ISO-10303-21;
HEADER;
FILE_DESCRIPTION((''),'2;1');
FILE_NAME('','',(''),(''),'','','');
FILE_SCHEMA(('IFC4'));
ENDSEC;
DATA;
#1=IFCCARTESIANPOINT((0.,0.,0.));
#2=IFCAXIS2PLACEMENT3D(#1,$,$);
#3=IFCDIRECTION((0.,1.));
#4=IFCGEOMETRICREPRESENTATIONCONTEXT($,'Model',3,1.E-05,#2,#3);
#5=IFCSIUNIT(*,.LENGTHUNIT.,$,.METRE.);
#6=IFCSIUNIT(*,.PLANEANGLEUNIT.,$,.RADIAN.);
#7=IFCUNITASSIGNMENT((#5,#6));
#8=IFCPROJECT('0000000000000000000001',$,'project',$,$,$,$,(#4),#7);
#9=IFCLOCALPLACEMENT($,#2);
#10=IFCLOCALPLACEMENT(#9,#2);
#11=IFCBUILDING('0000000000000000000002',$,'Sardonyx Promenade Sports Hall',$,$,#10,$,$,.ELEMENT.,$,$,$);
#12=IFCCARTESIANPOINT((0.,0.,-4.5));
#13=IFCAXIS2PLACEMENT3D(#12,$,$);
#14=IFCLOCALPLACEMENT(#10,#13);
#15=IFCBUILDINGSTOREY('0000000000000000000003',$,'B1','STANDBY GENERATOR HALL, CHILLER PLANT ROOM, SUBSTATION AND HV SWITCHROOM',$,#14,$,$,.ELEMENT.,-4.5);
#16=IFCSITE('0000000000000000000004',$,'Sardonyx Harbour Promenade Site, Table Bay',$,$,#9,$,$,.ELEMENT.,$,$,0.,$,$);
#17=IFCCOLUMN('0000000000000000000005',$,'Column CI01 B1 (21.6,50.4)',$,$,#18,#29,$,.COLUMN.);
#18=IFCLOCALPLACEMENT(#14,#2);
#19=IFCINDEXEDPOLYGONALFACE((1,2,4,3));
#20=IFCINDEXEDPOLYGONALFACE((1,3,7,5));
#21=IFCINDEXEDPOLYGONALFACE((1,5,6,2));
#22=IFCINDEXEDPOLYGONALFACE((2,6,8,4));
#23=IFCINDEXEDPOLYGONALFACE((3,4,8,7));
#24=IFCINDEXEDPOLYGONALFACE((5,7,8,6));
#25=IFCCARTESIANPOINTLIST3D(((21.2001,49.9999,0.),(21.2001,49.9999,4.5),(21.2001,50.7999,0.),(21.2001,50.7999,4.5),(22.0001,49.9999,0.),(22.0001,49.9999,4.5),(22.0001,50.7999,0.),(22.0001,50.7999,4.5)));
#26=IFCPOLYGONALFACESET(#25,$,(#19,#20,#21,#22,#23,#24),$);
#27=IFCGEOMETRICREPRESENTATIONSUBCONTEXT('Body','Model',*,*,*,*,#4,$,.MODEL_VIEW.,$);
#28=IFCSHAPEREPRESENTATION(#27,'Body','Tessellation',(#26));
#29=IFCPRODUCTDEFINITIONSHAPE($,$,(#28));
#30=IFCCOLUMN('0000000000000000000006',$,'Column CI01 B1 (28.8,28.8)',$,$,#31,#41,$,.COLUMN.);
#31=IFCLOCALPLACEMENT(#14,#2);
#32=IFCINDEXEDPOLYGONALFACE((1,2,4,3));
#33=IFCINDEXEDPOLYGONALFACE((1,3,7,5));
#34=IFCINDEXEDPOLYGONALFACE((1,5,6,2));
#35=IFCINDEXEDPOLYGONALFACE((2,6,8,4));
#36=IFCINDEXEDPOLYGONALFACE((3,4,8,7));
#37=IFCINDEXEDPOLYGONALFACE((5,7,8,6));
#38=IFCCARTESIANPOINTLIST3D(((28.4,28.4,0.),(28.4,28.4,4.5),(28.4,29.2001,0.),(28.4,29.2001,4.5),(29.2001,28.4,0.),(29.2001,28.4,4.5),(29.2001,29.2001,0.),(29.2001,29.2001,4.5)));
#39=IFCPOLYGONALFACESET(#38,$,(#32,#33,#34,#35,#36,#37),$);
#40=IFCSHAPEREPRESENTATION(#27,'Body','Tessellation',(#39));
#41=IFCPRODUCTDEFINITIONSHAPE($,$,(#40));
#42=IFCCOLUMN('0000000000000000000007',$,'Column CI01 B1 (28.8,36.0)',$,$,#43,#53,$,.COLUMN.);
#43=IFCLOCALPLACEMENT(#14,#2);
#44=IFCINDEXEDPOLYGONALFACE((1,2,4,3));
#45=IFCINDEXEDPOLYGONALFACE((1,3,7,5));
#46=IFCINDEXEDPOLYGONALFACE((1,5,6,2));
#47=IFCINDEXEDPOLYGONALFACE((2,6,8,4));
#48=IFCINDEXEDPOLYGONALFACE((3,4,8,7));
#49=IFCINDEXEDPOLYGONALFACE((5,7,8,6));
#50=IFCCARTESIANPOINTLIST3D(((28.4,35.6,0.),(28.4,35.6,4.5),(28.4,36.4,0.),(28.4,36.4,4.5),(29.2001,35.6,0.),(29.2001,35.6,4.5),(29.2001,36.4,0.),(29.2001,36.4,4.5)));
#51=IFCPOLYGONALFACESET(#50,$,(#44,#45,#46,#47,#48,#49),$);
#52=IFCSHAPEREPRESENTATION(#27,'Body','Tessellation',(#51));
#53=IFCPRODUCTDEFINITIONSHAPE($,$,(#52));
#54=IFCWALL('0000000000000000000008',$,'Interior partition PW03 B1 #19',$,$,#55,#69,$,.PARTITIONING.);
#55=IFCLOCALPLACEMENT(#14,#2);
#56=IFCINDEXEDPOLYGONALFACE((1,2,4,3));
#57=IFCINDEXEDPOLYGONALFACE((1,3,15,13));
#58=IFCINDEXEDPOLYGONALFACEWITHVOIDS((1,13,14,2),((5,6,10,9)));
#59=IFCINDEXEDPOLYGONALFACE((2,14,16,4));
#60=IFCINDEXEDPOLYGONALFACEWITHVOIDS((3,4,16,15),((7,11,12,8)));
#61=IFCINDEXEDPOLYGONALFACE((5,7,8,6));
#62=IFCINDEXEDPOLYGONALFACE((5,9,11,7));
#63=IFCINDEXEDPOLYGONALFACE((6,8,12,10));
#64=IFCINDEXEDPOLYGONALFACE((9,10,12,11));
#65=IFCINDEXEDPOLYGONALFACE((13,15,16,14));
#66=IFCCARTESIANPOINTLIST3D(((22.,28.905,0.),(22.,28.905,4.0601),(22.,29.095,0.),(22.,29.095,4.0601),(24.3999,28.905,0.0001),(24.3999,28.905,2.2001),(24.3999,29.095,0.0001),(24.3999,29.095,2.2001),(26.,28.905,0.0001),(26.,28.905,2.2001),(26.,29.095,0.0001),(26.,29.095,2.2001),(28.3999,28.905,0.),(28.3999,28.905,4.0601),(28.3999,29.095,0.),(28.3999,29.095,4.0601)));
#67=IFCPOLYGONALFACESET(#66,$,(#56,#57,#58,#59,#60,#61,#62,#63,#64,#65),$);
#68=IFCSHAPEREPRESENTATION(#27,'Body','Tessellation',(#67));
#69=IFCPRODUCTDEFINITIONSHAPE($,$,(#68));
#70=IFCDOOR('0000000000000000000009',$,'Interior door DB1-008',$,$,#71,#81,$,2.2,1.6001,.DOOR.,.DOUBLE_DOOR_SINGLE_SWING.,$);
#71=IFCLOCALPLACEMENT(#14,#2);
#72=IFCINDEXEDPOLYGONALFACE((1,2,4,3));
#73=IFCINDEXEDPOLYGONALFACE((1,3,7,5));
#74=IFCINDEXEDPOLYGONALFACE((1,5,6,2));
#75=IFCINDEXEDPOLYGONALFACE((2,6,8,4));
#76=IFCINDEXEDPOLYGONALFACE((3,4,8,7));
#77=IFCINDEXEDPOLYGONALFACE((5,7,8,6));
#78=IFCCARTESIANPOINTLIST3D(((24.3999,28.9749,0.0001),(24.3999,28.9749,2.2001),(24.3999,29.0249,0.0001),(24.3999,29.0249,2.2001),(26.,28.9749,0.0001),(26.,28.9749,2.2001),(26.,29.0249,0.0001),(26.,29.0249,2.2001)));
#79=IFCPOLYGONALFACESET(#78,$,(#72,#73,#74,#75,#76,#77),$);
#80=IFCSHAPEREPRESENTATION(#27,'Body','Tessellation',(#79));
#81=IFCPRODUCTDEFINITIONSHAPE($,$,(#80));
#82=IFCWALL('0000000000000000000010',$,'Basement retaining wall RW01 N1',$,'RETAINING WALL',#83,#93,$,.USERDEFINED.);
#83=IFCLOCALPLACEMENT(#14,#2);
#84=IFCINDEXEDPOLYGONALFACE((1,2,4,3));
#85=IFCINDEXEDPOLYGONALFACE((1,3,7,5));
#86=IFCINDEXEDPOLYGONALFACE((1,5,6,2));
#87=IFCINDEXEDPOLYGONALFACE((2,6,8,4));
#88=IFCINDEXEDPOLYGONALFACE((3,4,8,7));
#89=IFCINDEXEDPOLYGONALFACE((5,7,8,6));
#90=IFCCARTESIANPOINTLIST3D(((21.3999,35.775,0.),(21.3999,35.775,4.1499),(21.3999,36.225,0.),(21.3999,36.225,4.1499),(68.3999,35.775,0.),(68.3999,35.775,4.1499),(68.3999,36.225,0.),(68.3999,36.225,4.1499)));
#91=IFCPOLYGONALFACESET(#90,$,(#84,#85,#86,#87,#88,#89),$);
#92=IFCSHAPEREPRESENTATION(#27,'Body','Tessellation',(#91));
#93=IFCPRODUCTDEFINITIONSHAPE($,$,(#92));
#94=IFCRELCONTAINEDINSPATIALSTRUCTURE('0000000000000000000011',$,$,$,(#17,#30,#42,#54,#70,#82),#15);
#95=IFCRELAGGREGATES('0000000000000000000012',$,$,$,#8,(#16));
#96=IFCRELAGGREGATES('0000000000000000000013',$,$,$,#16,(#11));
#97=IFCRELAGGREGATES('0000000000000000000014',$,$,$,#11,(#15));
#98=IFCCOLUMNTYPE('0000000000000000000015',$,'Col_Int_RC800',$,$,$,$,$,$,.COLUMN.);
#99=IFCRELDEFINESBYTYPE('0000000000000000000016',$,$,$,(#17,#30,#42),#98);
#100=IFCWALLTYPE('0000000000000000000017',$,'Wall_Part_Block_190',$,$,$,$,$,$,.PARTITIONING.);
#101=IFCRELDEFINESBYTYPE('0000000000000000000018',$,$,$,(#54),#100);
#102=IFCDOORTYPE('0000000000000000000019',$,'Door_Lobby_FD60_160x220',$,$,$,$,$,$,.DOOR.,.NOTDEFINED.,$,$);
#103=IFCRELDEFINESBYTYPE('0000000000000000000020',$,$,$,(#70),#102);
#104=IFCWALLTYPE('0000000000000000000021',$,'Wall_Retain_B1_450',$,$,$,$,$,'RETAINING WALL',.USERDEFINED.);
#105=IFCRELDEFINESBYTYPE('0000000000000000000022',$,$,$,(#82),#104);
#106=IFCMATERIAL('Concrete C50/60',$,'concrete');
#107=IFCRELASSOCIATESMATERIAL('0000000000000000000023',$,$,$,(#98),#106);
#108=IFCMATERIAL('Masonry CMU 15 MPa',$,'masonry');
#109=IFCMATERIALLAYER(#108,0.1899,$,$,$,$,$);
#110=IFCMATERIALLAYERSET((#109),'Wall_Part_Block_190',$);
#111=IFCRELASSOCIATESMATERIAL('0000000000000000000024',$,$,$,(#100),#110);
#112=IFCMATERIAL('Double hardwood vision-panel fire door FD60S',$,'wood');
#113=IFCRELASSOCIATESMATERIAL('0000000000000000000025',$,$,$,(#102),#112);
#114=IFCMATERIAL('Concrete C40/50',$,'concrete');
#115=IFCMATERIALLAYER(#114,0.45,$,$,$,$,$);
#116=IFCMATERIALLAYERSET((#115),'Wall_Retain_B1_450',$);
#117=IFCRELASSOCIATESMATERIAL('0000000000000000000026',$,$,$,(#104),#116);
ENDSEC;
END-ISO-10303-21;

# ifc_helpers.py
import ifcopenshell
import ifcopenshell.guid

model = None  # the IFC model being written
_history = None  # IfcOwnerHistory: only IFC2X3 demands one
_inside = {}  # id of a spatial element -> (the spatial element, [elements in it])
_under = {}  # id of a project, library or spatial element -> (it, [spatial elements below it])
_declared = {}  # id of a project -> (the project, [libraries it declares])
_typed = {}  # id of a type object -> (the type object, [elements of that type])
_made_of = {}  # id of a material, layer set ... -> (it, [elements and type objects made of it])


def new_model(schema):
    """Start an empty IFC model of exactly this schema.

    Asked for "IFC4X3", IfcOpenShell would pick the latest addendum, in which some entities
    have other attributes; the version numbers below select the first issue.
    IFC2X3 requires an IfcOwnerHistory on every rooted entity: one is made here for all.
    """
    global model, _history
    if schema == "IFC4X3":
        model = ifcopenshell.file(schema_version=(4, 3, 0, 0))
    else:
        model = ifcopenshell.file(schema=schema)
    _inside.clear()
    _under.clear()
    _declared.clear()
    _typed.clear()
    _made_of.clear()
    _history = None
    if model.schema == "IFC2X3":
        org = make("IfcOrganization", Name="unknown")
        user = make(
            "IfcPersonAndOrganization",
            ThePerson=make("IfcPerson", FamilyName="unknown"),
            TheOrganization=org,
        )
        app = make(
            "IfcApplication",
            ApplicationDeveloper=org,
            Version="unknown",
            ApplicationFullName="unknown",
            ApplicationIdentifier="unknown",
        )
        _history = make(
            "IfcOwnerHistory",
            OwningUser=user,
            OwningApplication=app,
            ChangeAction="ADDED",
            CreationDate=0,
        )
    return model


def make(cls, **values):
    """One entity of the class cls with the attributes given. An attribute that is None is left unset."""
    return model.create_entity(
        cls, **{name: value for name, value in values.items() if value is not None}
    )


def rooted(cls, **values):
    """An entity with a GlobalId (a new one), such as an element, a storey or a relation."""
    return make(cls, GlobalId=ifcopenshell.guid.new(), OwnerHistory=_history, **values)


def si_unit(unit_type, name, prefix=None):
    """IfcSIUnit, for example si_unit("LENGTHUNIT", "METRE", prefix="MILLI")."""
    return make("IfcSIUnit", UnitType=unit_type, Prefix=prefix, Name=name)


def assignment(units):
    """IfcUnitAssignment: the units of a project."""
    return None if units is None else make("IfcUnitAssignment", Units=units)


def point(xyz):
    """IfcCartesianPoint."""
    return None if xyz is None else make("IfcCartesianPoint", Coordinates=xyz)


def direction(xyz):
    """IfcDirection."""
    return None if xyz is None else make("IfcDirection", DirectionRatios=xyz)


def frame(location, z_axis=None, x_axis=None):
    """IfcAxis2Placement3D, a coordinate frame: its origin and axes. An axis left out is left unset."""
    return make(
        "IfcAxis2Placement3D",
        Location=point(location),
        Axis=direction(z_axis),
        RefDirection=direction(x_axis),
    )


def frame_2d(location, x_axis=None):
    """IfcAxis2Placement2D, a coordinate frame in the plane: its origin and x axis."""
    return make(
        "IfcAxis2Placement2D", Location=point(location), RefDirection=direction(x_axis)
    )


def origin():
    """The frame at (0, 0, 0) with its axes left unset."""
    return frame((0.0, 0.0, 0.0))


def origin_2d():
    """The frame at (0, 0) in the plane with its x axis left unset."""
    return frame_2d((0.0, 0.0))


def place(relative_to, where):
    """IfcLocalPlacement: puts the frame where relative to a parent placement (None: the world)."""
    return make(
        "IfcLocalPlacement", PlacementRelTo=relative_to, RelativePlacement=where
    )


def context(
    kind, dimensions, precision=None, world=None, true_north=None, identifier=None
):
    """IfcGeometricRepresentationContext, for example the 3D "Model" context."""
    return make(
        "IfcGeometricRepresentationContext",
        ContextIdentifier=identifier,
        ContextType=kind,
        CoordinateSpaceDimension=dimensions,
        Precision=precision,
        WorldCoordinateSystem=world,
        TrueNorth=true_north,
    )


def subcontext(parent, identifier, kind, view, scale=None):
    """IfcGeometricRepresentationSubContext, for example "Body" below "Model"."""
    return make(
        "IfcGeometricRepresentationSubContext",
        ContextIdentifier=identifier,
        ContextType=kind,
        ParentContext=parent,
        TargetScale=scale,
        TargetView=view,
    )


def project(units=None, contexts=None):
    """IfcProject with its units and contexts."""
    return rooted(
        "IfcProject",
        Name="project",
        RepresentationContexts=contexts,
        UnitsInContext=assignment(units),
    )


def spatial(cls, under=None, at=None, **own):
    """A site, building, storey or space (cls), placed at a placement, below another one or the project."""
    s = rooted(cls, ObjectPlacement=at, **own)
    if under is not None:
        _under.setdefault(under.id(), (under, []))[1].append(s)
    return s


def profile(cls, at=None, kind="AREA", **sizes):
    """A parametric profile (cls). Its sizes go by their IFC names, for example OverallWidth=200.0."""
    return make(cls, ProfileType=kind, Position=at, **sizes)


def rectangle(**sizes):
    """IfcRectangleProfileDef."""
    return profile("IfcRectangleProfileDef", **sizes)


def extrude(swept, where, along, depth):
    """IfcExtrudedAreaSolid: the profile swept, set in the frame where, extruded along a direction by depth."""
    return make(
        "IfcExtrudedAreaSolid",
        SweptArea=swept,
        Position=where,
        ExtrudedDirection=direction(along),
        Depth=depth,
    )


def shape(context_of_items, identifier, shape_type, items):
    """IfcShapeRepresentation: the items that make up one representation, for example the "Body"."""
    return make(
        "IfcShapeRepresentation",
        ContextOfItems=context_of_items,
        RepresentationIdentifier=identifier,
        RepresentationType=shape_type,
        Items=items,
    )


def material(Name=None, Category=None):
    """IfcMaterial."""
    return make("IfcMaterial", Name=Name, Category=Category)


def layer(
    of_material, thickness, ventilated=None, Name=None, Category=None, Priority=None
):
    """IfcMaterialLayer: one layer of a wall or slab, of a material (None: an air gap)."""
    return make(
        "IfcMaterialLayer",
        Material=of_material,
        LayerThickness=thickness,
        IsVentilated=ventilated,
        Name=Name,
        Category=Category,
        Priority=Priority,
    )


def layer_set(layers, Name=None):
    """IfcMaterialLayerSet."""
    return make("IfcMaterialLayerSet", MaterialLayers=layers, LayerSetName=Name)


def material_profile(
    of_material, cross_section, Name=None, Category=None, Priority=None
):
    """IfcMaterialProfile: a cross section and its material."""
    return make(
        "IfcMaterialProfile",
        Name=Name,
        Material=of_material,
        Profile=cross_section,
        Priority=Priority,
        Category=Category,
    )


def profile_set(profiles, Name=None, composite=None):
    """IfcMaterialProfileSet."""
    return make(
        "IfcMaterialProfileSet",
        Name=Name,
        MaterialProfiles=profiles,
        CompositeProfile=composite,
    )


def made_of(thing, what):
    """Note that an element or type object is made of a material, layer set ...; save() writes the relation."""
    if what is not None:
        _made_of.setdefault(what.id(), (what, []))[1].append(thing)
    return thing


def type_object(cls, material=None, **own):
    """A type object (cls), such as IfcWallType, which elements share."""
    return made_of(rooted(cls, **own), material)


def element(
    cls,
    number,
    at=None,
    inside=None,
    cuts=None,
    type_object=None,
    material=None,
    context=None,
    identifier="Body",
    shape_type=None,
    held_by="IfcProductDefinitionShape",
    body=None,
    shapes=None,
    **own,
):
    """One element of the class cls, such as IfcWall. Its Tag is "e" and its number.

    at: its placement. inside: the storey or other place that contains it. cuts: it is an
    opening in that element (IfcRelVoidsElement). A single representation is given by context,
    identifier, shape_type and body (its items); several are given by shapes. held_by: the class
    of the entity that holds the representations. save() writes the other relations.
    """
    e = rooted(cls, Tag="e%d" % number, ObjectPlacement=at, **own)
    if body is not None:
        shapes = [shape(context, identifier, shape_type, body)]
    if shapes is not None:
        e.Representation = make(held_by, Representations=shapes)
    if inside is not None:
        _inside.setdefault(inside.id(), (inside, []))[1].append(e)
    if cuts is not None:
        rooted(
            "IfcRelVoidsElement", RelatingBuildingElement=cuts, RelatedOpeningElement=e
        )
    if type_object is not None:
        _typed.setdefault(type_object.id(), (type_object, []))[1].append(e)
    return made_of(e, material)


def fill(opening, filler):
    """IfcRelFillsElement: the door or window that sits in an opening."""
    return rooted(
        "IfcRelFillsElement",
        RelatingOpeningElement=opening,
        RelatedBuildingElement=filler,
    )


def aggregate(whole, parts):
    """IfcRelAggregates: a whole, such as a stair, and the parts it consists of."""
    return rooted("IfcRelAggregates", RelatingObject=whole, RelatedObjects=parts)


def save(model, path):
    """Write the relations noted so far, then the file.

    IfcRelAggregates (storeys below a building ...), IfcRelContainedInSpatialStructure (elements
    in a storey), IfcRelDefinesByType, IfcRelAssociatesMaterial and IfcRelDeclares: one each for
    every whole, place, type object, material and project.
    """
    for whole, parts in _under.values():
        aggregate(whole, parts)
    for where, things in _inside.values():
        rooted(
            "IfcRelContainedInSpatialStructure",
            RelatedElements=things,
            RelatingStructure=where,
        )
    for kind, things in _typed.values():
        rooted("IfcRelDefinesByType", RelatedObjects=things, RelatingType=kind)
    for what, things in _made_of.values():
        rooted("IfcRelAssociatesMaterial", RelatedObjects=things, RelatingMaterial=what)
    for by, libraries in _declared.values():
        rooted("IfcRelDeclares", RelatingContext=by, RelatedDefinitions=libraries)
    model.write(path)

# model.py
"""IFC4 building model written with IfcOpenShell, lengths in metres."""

from ifc_helpers import new_model, si_unit, direction, frame, frame_2d, origin, origin_2d, place, context, subcontext, project, spatial, rectangle, extrude, material, layer, layer_set, material_profile, profile_set, type_object, element, fill, save


model = new_model("IFC4")

# Units and contexts
model_context = context("Model", 3, precision=1e-05, world=origin(), true_north=direction((0.0, 1.0)))
body_context = subcontext(model_context, "Body", "Model", "MODEL_VIEW")
ifc_project = project(units=[si_unit("LENGTHUNIT", "METRE"), si_unit("PLANEANGLEUNIT", "RADIAN")], contexts=[model_context])

# Site, building, storey
site_placement = place(None, origin())
site = spatial("IfcSite", under=ifc_project, at=site_placement, Name="Sardonyx Harbour Promenade Site, Table Bay", CompositionType="ELEMENT", RefElevation=0.0)
building_placement = place(site_placement, origin())
building = spatial("IfcBuilding", under=site, at=building_placement, Name="Sardonyx Promenade Sports Hall", CompositionType="ELEMENT")
storey_placement = place(building_placement, frame((0.0, 0.0, -4.5)))
storey = spatial("IfcBuildingStorey", under=building, at=storey_placement, Name="B1", Description="STANDBY GENERATOR HALL, CHILLER PLANT ROOM, SUBSTATION AND HV SWITCHROOM", CompositionType="ELEMENT", Elevation=-4.5)

# Columns
ifc_material_1 = material(Name="Concrete C50/60", Category="concrete")
ifc_material_profile_1 = material_profile(ifc_material_1, rectangle(XDim=0.8, YDim=0.8, at=origin_2d()))
ifc_profile_set_1 = profile_set([ifc_material_profile_1], Name="Concrete C50/60")
column_type = type_object("IfcColumnType", Name="Col_Int_RC800", PredefinedType="COLUMN", material=ifc_profile_set_1)
for number, where, z_axis, x_axis, name in (
    (1, (21.6001, 50.3999, 0.0), (0.0, 0.0, 1.0), (1.0, 0.0, 0.0), "Column CI01 B1 (21.6,50.4)"),
    (2, (28.8, 28.8, 0.0), (0.0, 0.0, 1.0), (1.0, 0.0, 0.0), "Column CI01 B1 (28.8,28.8)"),
    (3, (28.8, 36.0, 0.0), (0.0, 0.0, 1.0), (1.0, 0.0, 0.0), "Column CI01 B1 (28.8,36.0)"),
):
    element("IfcColumn", number, at=place(storey_placement, frame(where, z_axis=z_axis, x_axis=x_axis)), inside=storey, type_object=column_type, Name=name, PredefinedType="COLUMN", context=body_context, shape_type="SweptSolid", body=[
        extrude(rectangle(XDim=0.8, YDim=0.8, at=origin_2d()), origin(), (0.0, 0.0, 1.0), 4.5),
    ])

# Wall, opening, door
ifc_material_2 = material(Name="Masonry CMU 15 MPa", Category="masonry")
ifc_layer_1 = layer(ifc_material_2, 0.1899)
ifc_layer_set_1 = layer_set([ifc_layer_1], Name="Wall_Part_Block_190")
wall_type_1 = type_object("IfcWallType", Name="Wall_Part_Block_190", PredefinedType="PARTITIONING", material=ifc_layer_set_1)
wall_1_placement = place(storey_placement, frame((22.0, 29.0, 0.0), z_axis=(0.0, 0.0, 1.0), x_axis=(1.0, 0.0, 0.0)))
wall_1 = element("IfcWall", 4, at=wall_1_placement, inside=storey, type_object=wall_type_1, Name="Interior partition PW03 B1 #19", PredefinedType="PARTITIONING", context=body_context, shape_type="SweptSolid", body=[
    extrude(rectangle(XDim=6.3999, YDim=0.1899, at=frame_2d((3.2, 0.0))), origin(), (0.0, 0.0, 1.0), 4.0601),
])
opening_placement = place(wall_1_placement, frame((2.3999, 0.0, 0.0)))
opening = element("IfcOpeningElement", 5, at=opening_placement, cuts=wall_1, PredefinedType="OPENING", context=body_context, shape_type="SweptSolid", body=[
    extrude(rectangle(XDim=1.6001, YDim=2.2, at=frame_2d((0.8, 1.1001))), frame((0.0, 0.105, 0.0), z_axis=(0.0, -1.0, 0.0), x_axis=(1.0, 0.0, 0.0)), (0.0, 0.0, 1.0), 0.21),
])
ifc_material_3 = material(Name="Double hardwood vision-panel fire door FD60S", Category="wood")
door_type = type_object("IfcDoorType", Name="Door_Lobby_FD60_160x220", OperationType="NOTDEFINED", PredefinedType="DOOR", material=ifc_material_3)
door_placement = place(opening_placement, origin())
door = element("IfcDoor", 6, at=door_placement, inside=storey, type_object=door_type, Name="Interior door DB1-008", OperationType="DOUBLE_DOOR_SINGLE_SWING", OverallHeight=2.2, OverallWidth=1.6001, PredefinedType="DOOR", context=body_context, shape_type="SweptSolid", body=[
    extrude(rectangle(XDim=1.6001, YDim=2.2, at=frame_2d((0.8, 1.1001))), frame((0.0, 0.0249, 0.0), z_axis=(0.0, -1.0, 0.0), x_axis=(1.0, 0.0, 0.0)), (0.0, 0.0, 1.0), 0.05),
])
fill(opening, door)

# Wall
ifc_material_4 = material(Name="Concrete C40/50", Category="concrete")
ifc_layer_2 = layer(ifc_material_4, 0.45)
ifc_layer_set_2 = layer_set([ifc_layer_2], Name="Wall_Retain_B1_450")
wall_type_2 = type_object("IfcWallType", Name="Wall_Retain_B1_450", ElementType="RETAINING WALL", PredefinedType="USERDEFINED", material=ifc_layer_set_2)
wall_2_placement = place(storey_placement, frame((21.3999, 36.0, 0.0), z_axis=(0.0, 0.0, 1.0), x_axis=(1.0, 0.0, 0.0)))
element("IfcWall", 7, at=wall_2_placement, inside=storey, type_object=wall_type_2, Name="Basement retaining wall RW01 N1", ObjectType="RETAINING WALL", PredefinedType="USERDEFINED", context=body_context, shape_type="SweptSolid", body=[
    extrude(rectangle(XDim=47.0, YDim=0.45, at=frame_2d((23.5, 0.0))), origin(), (0.0, 0.0, 1.0), 4.1499),
])

save(model, "model.ifc")
